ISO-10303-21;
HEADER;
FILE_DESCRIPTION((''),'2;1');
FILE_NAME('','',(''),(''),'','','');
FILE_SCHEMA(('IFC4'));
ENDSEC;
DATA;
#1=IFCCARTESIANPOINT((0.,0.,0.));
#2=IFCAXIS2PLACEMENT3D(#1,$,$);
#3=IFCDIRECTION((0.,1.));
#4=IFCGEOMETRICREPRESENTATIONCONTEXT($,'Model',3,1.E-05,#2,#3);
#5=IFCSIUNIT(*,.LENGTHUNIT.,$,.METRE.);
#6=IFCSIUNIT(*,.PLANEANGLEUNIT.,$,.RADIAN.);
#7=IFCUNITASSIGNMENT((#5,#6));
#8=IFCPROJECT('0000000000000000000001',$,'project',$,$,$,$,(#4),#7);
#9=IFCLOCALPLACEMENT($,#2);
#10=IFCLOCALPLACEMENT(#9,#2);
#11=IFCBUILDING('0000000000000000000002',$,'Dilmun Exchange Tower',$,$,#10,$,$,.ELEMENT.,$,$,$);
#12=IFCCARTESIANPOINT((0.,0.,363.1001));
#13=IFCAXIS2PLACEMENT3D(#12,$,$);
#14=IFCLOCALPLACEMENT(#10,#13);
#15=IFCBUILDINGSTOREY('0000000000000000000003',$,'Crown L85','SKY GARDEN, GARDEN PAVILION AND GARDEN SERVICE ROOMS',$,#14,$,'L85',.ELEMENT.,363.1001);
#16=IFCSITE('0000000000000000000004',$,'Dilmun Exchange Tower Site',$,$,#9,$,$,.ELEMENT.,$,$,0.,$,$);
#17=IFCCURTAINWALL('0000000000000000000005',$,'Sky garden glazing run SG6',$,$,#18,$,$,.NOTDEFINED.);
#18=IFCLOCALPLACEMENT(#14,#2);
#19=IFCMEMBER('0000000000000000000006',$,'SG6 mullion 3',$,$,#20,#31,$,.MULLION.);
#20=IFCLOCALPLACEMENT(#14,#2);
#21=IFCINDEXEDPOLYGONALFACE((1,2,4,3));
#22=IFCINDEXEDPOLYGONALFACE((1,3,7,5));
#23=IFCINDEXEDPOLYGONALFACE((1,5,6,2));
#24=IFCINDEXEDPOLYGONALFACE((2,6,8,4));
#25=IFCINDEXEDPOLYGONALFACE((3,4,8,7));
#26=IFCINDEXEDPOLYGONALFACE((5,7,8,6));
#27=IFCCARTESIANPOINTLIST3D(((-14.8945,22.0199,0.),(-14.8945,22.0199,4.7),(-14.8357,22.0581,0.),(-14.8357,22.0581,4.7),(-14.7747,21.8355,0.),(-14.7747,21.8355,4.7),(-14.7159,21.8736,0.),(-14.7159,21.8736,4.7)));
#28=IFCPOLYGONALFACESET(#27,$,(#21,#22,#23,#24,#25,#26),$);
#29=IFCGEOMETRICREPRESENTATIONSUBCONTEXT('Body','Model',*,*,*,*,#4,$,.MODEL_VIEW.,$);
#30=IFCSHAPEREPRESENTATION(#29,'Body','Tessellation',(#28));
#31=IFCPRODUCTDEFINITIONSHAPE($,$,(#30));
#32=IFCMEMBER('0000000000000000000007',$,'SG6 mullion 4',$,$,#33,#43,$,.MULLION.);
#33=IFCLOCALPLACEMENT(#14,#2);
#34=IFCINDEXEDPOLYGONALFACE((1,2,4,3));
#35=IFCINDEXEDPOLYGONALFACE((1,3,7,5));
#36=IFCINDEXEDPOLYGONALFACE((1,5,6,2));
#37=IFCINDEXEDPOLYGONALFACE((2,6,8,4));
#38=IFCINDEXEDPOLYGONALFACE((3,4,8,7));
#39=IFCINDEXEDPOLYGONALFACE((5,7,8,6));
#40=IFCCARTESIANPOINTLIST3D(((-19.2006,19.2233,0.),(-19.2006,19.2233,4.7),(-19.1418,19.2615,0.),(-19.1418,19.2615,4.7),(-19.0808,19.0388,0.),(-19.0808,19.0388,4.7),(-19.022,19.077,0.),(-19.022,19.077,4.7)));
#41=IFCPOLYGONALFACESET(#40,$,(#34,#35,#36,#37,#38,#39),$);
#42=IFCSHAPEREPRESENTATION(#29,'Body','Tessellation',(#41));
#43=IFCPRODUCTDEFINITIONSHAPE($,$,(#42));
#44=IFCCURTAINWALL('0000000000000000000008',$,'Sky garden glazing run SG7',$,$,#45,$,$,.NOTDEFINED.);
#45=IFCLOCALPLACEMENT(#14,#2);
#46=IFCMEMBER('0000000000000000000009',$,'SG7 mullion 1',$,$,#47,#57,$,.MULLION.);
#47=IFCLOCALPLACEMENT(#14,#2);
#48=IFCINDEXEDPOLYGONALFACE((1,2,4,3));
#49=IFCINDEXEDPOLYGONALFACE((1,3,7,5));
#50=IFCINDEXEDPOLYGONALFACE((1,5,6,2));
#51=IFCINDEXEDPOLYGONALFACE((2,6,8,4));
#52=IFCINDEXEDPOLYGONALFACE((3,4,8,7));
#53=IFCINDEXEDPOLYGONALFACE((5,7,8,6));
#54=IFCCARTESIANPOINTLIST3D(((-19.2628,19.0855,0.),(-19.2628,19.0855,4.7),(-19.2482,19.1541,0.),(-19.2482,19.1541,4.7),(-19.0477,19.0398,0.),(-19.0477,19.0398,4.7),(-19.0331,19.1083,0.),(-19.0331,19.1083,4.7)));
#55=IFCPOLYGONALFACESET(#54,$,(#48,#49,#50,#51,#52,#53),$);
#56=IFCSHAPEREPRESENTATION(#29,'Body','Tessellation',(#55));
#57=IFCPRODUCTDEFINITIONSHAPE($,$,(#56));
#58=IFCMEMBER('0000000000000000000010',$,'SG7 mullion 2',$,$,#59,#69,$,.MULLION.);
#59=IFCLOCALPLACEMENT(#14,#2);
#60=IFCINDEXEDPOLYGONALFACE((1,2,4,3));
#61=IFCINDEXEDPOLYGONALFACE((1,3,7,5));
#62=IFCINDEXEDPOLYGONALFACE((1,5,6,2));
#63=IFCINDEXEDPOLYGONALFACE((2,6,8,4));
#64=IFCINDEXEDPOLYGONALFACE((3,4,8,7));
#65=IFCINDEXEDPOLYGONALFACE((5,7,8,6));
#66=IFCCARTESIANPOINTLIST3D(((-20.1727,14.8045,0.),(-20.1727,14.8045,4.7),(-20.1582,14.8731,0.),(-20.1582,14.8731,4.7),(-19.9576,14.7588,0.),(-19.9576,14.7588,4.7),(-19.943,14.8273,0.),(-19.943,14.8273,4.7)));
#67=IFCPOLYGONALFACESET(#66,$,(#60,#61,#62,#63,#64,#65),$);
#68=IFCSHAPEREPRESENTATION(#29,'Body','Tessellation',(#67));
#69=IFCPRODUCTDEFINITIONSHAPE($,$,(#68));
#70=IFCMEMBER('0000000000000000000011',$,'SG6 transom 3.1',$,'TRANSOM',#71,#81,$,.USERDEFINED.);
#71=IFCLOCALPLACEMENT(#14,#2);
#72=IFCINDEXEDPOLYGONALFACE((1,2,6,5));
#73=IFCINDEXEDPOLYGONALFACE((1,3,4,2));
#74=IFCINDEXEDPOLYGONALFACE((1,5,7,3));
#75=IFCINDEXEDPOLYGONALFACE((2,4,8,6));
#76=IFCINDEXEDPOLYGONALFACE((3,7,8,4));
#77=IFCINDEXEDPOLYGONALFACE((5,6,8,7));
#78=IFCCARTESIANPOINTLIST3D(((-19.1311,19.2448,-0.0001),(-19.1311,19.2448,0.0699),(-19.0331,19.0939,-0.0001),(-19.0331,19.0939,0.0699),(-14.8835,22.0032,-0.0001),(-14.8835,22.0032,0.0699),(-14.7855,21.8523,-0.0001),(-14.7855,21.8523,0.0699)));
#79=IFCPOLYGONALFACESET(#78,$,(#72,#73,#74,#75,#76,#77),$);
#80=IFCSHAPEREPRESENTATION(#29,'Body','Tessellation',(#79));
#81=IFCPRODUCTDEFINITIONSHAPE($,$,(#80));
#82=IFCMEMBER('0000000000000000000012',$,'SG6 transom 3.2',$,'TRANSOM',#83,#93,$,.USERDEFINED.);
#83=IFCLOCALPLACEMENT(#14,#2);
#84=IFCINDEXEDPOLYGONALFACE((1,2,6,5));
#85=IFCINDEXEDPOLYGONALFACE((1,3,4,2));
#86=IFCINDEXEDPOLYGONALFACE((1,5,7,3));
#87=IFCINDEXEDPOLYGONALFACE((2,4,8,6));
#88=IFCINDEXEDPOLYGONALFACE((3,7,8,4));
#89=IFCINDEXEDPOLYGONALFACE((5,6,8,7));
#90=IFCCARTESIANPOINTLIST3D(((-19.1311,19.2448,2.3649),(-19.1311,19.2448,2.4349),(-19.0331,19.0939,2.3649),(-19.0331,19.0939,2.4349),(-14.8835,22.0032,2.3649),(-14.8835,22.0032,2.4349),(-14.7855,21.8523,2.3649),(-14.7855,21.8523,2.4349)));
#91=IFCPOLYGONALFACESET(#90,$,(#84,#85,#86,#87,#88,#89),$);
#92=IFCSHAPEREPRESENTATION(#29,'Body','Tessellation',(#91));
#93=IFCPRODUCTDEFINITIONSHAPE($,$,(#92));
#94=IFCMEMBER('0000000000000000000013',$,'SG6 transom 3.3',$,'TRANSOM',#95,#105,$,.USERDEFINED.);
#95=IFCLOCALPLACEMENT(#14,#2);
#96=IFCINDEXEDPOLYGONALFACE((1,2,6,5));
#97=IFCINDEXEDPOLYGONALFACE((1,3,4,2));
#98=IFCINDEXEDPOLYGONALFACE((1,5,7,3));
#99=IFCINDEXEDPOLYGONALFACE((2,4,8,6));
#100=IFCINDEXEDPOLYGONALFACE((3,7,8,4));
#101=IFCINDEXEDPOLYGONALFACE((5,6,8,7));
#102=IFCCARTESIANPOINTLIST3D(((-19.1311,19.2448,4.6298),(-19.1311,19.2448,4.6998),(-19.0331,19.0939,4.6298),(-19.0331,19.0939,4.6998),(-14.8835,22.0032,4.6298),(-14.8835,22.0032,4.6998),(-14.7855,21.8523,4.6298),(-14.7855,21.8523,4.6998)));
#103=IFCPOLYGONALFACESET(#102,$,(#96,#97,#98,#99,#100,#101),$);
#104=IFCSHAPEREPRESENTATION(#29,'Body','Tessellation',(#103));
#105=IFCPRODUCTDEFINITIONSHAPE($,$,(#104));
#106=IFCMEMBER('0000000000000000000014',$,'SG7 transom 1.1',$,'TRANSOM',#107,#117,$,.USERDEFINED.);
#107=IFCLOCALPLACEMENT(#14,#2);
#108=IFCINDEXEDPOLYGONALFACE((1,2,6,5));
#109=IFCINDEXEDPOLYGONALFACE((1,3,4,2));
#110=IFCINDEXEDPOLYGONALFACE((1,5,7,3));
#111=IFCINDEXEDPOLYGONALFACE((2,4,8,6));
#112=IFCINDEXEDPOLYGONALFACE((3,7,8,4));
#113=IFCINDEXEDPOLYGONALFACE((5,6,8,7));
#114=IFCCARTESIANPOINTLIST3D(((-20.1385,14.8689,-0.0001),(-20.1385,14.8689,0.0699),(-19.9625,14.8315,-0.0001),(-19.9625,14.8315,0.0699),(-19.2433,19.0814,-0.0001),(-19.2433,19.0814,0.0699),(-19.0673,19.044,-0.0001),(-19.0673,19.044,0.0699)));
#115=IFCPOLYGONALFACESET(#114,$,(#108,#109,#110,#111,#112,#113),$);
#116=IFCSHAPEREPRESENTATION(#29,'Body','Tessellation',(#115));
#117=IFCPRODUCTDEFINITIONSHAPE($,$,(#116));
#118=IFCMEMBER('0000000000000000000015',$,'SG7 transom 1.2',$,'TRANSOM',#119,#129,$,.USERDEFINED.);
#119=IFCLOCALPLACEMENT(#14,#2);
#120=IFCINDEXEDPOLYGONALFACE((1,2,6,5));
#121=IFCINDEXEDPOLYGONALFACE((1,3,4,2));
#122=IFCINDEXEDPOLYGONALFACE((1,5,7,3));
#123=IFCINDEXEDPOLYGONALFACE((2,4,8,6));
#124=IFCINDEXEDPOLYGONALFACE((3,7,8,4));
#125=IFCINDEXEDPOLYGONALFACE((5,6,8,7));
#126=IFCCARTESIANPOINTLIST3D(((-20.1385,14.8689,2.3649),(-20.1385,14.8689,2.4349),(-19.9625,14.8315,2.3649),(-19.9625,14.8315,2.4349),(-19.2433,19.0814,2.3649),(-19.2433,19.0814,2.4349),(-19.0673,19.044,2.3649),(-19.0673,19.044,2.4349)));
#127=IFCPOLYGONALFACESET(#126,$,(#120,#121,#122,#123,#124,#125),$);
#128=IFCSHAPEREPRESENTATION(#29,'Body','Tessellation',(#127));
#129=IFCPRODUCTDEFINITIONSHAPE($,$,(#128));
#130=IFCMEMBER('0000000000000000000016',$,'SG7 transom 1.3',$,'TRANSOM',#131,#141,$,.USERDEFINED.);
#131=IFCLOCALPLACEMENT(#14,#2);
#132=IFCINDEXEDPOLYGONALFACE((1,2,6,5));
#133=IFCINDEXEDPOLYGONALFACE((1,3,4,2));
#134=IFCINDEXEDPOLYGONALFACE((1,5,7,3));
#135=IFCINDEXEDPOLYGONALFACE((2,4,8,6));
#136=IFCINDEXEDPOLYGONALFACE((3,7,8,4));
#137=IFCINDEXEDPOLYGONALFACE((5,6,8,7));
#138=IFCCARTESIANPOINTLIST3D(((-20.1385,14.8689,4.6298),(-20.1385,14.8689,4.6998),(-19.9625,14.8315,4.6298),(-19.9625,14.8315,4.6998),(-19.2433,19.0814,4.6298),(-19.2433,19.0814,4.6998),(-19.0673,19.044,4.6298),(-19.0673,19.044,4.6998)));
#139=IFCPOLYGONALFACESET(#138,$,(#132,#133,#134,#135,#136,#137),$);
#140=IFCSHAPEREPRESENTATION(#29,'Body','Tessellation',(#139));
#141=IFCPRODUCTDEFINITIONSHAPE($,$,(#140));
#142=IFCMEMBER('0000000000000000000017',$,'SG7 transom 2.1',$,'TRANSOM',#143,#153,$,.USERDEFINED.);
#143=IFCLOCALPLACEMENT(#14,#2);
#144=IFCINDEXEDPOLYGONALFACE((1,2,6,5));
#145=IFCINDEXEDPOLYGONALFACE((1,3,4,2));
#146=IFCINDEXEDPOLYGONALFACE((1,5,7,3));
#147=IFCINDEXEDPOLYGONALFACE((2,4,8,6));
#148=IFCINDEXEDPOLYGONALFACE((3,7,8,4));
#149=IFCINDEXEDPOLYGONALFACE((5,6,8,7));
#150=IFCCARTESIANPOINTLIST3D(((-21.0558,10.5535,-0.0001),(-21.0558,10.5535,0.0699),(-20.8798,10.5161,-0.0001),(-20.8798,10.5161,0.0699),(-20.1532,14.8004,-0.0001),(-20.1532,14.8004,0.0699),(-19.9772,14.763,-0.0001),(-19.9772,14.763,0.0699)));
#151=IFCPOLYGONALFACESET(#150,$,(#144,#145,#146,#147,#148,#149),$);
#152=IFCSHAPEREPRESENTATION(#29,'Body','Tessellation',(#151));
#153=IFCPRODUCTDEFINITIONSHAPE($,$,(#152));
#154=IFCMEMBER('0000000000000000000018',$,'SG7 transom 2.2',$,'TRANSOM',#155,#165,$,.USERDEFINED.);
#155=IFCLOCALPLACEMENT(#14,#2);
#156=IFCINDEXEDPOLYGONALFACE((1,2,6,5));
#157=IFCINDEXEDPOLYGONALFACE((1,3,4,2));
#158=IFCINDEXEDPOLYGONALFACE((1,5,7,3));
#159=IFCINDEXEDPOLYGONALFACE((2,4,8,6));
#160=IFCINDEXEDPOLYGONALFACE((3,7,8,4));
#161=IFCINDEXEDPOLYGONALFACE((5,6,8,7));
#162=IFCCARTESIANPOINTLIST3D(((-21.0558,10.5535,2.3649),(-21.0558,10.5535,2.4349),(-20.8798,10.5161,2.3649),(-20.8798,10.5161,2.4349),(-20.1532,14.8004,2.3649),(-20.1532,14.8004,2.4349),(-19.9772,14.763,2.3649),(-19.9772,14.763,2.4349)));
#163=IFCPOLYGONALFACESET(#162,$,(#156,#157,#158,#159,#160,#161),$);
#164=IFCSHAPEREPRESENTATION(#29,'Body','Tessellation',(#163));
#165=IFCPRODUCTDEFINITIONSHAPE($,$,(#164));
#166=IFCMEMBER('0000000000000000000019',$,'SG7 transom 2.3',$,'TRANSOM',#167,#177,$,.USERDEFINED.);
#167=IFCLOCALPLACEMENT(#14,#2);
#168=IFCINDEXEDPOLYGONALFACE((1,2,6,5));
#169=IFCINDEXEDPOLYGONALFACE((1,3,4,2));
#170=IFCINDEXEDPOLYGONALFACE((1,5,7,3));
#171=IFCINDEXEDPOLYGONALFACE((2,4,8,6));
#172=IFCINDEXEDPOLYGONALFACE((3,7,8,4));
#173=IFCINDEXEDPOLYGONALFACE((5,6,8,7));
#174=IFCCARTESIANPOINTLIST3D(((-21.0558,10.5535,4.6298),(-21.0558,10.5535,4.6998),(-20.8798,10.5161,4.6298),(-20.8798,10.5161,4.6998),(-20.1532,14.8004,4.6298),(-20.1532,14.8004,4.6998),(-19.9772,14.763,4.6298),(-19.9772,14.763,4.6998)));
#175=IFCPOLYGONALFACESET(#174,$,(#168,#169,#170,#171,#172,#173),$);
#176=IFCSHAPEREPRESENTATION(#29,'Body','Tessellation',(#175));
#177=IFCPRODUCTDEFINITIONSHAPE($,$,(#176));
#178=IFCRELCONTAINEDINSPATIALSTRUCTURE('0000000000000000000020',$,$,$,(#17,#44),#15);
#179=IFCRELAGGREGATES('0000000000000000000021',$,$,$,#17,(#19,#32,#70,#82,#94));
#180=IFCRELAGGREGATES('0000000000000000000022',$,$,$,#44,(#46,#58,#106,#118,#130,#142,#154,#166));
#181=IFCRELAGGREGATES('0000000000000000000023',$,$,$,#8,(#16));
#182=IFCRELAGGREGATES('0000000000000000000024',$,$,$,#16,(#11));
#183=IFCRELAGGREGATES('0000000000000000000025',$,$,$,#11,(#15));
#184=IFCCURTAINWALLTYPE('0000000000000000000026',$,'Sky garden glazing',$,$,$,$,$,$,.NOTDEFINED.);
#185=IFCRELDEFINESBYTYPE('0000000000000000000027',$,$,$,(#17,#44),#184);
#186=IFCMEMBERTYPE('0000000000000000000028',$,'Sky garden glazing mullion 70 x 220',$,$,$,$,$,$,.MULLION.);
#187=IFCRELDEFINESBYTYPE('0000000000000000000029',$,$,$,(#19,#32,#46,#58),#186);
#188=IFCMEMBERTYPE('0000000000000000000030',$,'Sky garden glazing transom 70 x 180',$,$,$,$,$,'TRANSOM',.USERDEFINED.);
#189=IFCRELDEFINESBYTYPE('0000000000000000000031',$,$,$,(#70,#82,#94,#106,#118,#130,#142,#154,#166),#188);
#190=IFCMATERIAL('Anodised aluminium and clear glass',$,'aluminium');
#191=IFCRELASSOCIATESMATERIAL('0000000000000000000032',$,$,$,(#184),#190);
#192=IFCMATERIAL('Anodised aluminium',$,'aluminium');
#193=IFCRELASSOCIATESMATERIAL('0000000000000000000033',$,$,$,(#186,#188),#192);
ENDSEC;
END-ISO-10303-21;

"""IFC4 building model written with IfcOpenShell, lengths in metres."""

from ifc_helpers import new_model, si_unit, direction, frame, origin, origin_2d, place, context, subcontext, project, spatial, rectangle, extrude, material, material_profile, profile_set, type_object, element, aggregate, save


model = new_model("IFC4")

# Units and contexts
model_context = context("Model", 3, precision=1e-05, world=origin(), true_north=direction((0.0, 1.0)))
body_context = subcontext(model_context, "Body", "Model", "MODEL_VIEW")
ifc_project = project(units=[si_unit("LENGTHUNIT", "METRE"), si_unit("PLANEANGLEUNIT", "RADIAN")], contexts=[model_context])

# Site, building, storey
site_placement = place(None, origin())
site = spatial("IfcSite", under=ifc_project, at=site_placement, Name="Dilmun Exchange Tower Site", CompositionType="ELEMENT", RefElevation=0.0)
building_placement = place(site_placement, origin())
building = spatial("IfcBuilding", under=site, at=building_placement, Name="Dilmun Exchange Tower", CompositionType="ELEMENT")
storey_placement = place(building_placement, frame((0.0, 0.0, 363.1001)))
storey = spatial("IfcBuildingStorey", under=building, at=storey_placement, Name="Crown L85", Description="SKY GARDEN, GARDEN PAVILION AND GARDEN SERVICE ROOMS", LongName="L85", CompositionType="ELEMENT", Elevation=363.1001)

# Curtain walls, members
ifc_material_1 = material(Name="Anodised aluminium and clear glass", Category="aluminium")
curtain_wall_type = type_object("IfcCurtainWallType", Name="Sky garden glazing", PredefinedType="NOTDEFINED", material=ifc_material_1)
curtain_wall_1_placement = place(storey_placement, origin())
curtain_wall_1 = element("IfcCurtainWall", 1, at=curtain_wall_1_placement, inside=storey, type_object=curtain_wall_type, Name="Sky garden glazing run SG6", PredefinedType="NOTDEFINED")
ifc_material_2 = material(Name="Anodised aluminium", Category="aluminium")
ifc_material_profile_1 = material_profile(ifc_material_2, rectangle(XDim=0.22, YDim=0.0701, at=origin_2d()), Name="AL 70x220")
ifc_profile_set_1 = profile_set([ifc_material_profile_1], Name="Anodised aluminium")
member_type_1 = type_object("IfcMemberType", Name="Sky garden glazing mullion 70 x 220", PredefinedType="MULLION", material=ifc_profile_set_1)
member_1_placement = place(storey_placement, frame((-14.8052, 21.9468, 0.0), z_axis=(0.0, 0.0, 1.0), x_axis=(0.544638, -0.838671, 0.0)))
member_1 = element("IfcMember", 2, at=member_1_placement, type_object=member_type_1, Name="SG6 mullion 3", PredefinedType="MULLION", context=body_context, shape_type="SweptSolid", body=[
    extrude(rectangle(XDim=0.22, YDim=0.0701, at=origin_2d()), origin(), (0.0, 0.0, 1.0), 4.7),
])
member_2_placement = place(storey_placement, frame((-19.1113, 19.1501, 0.0), z_axis=(0.0, 0.0, 1.0), x_axis=(0.544638, -0.838671, 0.0)))
member_2 = element("IfcMember", 3, at=member_2_placement, type_object=member_type_1, Name="SG6 mullion 4", PredefinedType="MULLION", context=body_context, shape_type="SweptSolid", body=[
    extrude(rectangle(XDim=0.22, YDim=0.0701, at=origin_2d()), origin(), (0.0, 0.0, 1.0), 4.7),
])
curtain_wall_2_placement = place(storey_placement, origin())
curtain_wall_2 = element("IfcCurtainWall", 4, at=curtain_wall_2_placement, inside=storey, type_object=curtain_wall_type, Name="Sky garden glazing run SG7", PredefinedType="NOTDEFINED")
member_3_placement = place(storey_placement, frame((-19.1479, 19.0969, 0.0), z_axis=(0.0, 0.0, 1.0), x_axis=(0.978148, -0.207911, 0.0)))
member_3 = element("IfcMember", 5, at=member_3_placement, type_object=member_type_1, Name="SG7 mullion 1", PredefinedType="MULLION", context=body_context, shape_type="SweptSolid", body=[
    extrude(rectangle(XDim=0.22, YDim=0.0701, at=origin_2d()), origin(), (0.0, 0.0, 1.0), 4.7),
])
member_4_placement = place(storey_placement, frame((-20.0579, 14.8159, 0.0), z_axis=(0.0, 0.0, 1.0), x_axis=(0.978148, -0.207911, 0.0)))
member_4 = element("IfcMember", 6, at=member_4_placement, type_object=member_type_1, Name="SG7 mullion 2", PredefinedType="MULLION", context=body_context, shape_type="SweptSolid", body=[
    extrude(rectangle(XDim=0.22, YDim=0.0701, at=origin_2d()), origin(), (0.0, 0.0, 1.0), 4.7),
])

# Members
ifc_material_profile_2 = material_profile(ifc_material_2, rectangle(XDim=0.1799, YDim=0.0701, at=origin_2d()), Name="AL 70x180")
ifc_profile_set_2 = profile_set([ifc_material_profile_2], Name="Anodised aluminium")
member_type_2 = type_object("IfcMemberType", Name="Sky garden glazing transom 70 x 180", ElementType="TRANSOM", PredefinedType="USERDEFINED", material=ifc_profile_set_2)
member_5_placement = place(storey_placement, frame((-14.8345, 21.9277, 0.0349), z_axis=(-0.838679, -0.544626, 0.0), x_axis=(0.544626, -0.838679, 0.0)))
member_5 = element("IfcMember", 7, at=member_5_placement, type_object=member_type_2, Name="SG6 transom 3.1", ObjectType="TRANSOM", PredefinedType="USERDEFINED", context=body_context, shape_type="SweptSolid", body=[
    extrude(rectangle(XDim=0.1799, YDim=0.0701, at=origin_2d()), origin(), (0.0, 0.0, 1.0), 5.0647),
])
member_6_placement = place(storey_placement, frame((-14.8345, 21.9277, 2.3999), z_axis=(-0.838679, -0.544626, 0.0), x_axis=(0.544626, -0.838679, 0.0)))
member_6 = element("IfcMember", 8, at=member_6_placement, type_object=member_type_2, Name="SG6 transom 3.2", ObjectType="TRANSOM", PredefinedType="USERDEFINED", context=body_context, shape_type="SweptSolid", body=[
    extrude(rectangle(XDim=0.1799, YDim=0.0701, at=origin_2d()), origin(), (0.0, 0.0, 1.0), 5.0647),
])
member_7_placement = place(storey_placement, frame((-14.8345, 21.9277, 4.6648), z_axis=(-0.838679, -0.544626, 0.0), x_axis=(0.544626, -0.838679, 0.0)))
member_7 = element("IfcMember", 9, at=member_7_placement, type_object=member_type_2, Name="SG6 transom 3.3", ObjectType="TRANSOM", PredefinedType="USERDEFINED", context=body_context, shape_type="SweptSolid", body=[
    extrude(rectangle(XDim=0.1799, YDim=0.0701, at=origin_2d()), origin(), (0.0, 0.0, 1.0), 5.0647),
])
member_8_placement = place(storey_placement, frame((-19.1553, 19.0627, 0.0349), z_axis=(-0.207876, -0.978155, 0.0), x_axis=(0.978155, -0.207876, 0.0)))
member_8 = element("IfcMember", 10, at=member_8_placement, type_object=member_type_2, Name="SG7 transom 1.1", ObjectType="TRANSOM", PredefinedType="USERDEFINED", context=body_context, shape_type="SweptSolid", body=[
    extrude(rectangle(XDim=0.1799, YDim=0.0701, at=origin_2d()), origin(), (0.0, 0.0, 1.0), 4.3066),
])
member_9_placement = place(storey_placement, frame((-19.1553, 19.0627, 2.3999), z_axis=(-0.207876, -0.978155, 0.0), x_axis=(0.978155, -0.207876, 0.0)))
member_9 = element("IfcMember", 11, at=member_9_placement, type_object=member_type_2, Name="SG7 transom 1.2", ObjectType="TRANSOM", PredefinedType="USERDEFINED", context=body_context, shape_type="SweptSolid", body=[
    extrude(rectangle(XDim=0.1799, YDim=0.0701, at=origin_2d()), origin(), (0.0, 0.0, 1.0), 4.3066),
])
member_10_placement = place(storey_placement, frame((-19.1553, 19.0627, 4.6648), z_axis=(-0.207876, -0.978155, 0.0), x_axis=(0.978155, -0.207876, 0.0)))
member_10 = element("IfcMember", 12, at=member_10_placement, type_object=member_type_2, Name="SG7 transom 1.3", ObjectType="TRANSOM", PredefinedType="USERDEFINED", context=body_context, shape_type="SweptSolid", body=[
    extrude(rectangle(XDim=0.1799, YDim=0.0701, at=origin_2d()), origin(), (0.0, 0.0, 1.0), 4.3066),
])
member_11_placement = place(storey_placement, frame((-20.0652, 14.7817, 0.0349), z_axis=(-0.207889, -0.978152, 0.0), x_axis=(0.978152, -0.207889, 0.0)))
member_11 = element("IfcMember", 13, at=member_11_placement, type_object=member_type_2, Name="SG7 transom 2.1", ObjectType="TRANSOM", PredefinedType="USERDEFINED", context=body_context, shape_type="SweptSolid", body=[
    extrude(rectangle(XDim=0.1799, YDim=0.0701, at=origin_2d()), origin(), (0.0, 0.0, 1.0), 4.3418),
])
member_12_placement = place(storey_placement, frame((-20.0652, 14.7817, 2.3999), z_axis=(-0.207889, -0.978152, 0.0), x_axis=(0.978152, -0.207889, 0.0)))
member_12 = element("IfcMember", 14, at=member_12_placement, type_object=member_type_2, Name="SG7 transom 2.2", ObjectType="TRANSOM", PredefinedType="USERDEFINED", context=body_context, shape_type="SweptSolid", body=[
    extrude(rectangle(XDim=0.1799, YDim=0.0701, at=origin_2d()), origin(), (0.0, 0.0, 1.0), 4.3418),
])
member_13_placement = place(storey_placement, frame((-20.0652, 14.7817, 4.6648), z_axis=(-0.207889, -0.978152, 0.0), x_axis=(0.978152, -0.207889, 0.0)))
member_13 = element("IfcMember", 15, at=member_13_placement, type_object=member_type_2, Name="SG7 transom 2.3", ObjectType="TRANSOM", PredefinedType="USERDEFINED", context=body_context, shape_type="SweptSolid", body=[
    extrude(rectangle(XDim=0.1799, YDim=0.0701, at=origin_2d()), origin(), (0.0, 0.0, 1.0), 4.3418),
])

aggregate(curtain_wall_1, [member_1, member_2, member_5, member_6, member_7])
aggregate(curtain_wall_2, [member_3, member_4, member_8, member_9, member_10, member_11, member_12, member_13])

save(model, "model.ifc")
